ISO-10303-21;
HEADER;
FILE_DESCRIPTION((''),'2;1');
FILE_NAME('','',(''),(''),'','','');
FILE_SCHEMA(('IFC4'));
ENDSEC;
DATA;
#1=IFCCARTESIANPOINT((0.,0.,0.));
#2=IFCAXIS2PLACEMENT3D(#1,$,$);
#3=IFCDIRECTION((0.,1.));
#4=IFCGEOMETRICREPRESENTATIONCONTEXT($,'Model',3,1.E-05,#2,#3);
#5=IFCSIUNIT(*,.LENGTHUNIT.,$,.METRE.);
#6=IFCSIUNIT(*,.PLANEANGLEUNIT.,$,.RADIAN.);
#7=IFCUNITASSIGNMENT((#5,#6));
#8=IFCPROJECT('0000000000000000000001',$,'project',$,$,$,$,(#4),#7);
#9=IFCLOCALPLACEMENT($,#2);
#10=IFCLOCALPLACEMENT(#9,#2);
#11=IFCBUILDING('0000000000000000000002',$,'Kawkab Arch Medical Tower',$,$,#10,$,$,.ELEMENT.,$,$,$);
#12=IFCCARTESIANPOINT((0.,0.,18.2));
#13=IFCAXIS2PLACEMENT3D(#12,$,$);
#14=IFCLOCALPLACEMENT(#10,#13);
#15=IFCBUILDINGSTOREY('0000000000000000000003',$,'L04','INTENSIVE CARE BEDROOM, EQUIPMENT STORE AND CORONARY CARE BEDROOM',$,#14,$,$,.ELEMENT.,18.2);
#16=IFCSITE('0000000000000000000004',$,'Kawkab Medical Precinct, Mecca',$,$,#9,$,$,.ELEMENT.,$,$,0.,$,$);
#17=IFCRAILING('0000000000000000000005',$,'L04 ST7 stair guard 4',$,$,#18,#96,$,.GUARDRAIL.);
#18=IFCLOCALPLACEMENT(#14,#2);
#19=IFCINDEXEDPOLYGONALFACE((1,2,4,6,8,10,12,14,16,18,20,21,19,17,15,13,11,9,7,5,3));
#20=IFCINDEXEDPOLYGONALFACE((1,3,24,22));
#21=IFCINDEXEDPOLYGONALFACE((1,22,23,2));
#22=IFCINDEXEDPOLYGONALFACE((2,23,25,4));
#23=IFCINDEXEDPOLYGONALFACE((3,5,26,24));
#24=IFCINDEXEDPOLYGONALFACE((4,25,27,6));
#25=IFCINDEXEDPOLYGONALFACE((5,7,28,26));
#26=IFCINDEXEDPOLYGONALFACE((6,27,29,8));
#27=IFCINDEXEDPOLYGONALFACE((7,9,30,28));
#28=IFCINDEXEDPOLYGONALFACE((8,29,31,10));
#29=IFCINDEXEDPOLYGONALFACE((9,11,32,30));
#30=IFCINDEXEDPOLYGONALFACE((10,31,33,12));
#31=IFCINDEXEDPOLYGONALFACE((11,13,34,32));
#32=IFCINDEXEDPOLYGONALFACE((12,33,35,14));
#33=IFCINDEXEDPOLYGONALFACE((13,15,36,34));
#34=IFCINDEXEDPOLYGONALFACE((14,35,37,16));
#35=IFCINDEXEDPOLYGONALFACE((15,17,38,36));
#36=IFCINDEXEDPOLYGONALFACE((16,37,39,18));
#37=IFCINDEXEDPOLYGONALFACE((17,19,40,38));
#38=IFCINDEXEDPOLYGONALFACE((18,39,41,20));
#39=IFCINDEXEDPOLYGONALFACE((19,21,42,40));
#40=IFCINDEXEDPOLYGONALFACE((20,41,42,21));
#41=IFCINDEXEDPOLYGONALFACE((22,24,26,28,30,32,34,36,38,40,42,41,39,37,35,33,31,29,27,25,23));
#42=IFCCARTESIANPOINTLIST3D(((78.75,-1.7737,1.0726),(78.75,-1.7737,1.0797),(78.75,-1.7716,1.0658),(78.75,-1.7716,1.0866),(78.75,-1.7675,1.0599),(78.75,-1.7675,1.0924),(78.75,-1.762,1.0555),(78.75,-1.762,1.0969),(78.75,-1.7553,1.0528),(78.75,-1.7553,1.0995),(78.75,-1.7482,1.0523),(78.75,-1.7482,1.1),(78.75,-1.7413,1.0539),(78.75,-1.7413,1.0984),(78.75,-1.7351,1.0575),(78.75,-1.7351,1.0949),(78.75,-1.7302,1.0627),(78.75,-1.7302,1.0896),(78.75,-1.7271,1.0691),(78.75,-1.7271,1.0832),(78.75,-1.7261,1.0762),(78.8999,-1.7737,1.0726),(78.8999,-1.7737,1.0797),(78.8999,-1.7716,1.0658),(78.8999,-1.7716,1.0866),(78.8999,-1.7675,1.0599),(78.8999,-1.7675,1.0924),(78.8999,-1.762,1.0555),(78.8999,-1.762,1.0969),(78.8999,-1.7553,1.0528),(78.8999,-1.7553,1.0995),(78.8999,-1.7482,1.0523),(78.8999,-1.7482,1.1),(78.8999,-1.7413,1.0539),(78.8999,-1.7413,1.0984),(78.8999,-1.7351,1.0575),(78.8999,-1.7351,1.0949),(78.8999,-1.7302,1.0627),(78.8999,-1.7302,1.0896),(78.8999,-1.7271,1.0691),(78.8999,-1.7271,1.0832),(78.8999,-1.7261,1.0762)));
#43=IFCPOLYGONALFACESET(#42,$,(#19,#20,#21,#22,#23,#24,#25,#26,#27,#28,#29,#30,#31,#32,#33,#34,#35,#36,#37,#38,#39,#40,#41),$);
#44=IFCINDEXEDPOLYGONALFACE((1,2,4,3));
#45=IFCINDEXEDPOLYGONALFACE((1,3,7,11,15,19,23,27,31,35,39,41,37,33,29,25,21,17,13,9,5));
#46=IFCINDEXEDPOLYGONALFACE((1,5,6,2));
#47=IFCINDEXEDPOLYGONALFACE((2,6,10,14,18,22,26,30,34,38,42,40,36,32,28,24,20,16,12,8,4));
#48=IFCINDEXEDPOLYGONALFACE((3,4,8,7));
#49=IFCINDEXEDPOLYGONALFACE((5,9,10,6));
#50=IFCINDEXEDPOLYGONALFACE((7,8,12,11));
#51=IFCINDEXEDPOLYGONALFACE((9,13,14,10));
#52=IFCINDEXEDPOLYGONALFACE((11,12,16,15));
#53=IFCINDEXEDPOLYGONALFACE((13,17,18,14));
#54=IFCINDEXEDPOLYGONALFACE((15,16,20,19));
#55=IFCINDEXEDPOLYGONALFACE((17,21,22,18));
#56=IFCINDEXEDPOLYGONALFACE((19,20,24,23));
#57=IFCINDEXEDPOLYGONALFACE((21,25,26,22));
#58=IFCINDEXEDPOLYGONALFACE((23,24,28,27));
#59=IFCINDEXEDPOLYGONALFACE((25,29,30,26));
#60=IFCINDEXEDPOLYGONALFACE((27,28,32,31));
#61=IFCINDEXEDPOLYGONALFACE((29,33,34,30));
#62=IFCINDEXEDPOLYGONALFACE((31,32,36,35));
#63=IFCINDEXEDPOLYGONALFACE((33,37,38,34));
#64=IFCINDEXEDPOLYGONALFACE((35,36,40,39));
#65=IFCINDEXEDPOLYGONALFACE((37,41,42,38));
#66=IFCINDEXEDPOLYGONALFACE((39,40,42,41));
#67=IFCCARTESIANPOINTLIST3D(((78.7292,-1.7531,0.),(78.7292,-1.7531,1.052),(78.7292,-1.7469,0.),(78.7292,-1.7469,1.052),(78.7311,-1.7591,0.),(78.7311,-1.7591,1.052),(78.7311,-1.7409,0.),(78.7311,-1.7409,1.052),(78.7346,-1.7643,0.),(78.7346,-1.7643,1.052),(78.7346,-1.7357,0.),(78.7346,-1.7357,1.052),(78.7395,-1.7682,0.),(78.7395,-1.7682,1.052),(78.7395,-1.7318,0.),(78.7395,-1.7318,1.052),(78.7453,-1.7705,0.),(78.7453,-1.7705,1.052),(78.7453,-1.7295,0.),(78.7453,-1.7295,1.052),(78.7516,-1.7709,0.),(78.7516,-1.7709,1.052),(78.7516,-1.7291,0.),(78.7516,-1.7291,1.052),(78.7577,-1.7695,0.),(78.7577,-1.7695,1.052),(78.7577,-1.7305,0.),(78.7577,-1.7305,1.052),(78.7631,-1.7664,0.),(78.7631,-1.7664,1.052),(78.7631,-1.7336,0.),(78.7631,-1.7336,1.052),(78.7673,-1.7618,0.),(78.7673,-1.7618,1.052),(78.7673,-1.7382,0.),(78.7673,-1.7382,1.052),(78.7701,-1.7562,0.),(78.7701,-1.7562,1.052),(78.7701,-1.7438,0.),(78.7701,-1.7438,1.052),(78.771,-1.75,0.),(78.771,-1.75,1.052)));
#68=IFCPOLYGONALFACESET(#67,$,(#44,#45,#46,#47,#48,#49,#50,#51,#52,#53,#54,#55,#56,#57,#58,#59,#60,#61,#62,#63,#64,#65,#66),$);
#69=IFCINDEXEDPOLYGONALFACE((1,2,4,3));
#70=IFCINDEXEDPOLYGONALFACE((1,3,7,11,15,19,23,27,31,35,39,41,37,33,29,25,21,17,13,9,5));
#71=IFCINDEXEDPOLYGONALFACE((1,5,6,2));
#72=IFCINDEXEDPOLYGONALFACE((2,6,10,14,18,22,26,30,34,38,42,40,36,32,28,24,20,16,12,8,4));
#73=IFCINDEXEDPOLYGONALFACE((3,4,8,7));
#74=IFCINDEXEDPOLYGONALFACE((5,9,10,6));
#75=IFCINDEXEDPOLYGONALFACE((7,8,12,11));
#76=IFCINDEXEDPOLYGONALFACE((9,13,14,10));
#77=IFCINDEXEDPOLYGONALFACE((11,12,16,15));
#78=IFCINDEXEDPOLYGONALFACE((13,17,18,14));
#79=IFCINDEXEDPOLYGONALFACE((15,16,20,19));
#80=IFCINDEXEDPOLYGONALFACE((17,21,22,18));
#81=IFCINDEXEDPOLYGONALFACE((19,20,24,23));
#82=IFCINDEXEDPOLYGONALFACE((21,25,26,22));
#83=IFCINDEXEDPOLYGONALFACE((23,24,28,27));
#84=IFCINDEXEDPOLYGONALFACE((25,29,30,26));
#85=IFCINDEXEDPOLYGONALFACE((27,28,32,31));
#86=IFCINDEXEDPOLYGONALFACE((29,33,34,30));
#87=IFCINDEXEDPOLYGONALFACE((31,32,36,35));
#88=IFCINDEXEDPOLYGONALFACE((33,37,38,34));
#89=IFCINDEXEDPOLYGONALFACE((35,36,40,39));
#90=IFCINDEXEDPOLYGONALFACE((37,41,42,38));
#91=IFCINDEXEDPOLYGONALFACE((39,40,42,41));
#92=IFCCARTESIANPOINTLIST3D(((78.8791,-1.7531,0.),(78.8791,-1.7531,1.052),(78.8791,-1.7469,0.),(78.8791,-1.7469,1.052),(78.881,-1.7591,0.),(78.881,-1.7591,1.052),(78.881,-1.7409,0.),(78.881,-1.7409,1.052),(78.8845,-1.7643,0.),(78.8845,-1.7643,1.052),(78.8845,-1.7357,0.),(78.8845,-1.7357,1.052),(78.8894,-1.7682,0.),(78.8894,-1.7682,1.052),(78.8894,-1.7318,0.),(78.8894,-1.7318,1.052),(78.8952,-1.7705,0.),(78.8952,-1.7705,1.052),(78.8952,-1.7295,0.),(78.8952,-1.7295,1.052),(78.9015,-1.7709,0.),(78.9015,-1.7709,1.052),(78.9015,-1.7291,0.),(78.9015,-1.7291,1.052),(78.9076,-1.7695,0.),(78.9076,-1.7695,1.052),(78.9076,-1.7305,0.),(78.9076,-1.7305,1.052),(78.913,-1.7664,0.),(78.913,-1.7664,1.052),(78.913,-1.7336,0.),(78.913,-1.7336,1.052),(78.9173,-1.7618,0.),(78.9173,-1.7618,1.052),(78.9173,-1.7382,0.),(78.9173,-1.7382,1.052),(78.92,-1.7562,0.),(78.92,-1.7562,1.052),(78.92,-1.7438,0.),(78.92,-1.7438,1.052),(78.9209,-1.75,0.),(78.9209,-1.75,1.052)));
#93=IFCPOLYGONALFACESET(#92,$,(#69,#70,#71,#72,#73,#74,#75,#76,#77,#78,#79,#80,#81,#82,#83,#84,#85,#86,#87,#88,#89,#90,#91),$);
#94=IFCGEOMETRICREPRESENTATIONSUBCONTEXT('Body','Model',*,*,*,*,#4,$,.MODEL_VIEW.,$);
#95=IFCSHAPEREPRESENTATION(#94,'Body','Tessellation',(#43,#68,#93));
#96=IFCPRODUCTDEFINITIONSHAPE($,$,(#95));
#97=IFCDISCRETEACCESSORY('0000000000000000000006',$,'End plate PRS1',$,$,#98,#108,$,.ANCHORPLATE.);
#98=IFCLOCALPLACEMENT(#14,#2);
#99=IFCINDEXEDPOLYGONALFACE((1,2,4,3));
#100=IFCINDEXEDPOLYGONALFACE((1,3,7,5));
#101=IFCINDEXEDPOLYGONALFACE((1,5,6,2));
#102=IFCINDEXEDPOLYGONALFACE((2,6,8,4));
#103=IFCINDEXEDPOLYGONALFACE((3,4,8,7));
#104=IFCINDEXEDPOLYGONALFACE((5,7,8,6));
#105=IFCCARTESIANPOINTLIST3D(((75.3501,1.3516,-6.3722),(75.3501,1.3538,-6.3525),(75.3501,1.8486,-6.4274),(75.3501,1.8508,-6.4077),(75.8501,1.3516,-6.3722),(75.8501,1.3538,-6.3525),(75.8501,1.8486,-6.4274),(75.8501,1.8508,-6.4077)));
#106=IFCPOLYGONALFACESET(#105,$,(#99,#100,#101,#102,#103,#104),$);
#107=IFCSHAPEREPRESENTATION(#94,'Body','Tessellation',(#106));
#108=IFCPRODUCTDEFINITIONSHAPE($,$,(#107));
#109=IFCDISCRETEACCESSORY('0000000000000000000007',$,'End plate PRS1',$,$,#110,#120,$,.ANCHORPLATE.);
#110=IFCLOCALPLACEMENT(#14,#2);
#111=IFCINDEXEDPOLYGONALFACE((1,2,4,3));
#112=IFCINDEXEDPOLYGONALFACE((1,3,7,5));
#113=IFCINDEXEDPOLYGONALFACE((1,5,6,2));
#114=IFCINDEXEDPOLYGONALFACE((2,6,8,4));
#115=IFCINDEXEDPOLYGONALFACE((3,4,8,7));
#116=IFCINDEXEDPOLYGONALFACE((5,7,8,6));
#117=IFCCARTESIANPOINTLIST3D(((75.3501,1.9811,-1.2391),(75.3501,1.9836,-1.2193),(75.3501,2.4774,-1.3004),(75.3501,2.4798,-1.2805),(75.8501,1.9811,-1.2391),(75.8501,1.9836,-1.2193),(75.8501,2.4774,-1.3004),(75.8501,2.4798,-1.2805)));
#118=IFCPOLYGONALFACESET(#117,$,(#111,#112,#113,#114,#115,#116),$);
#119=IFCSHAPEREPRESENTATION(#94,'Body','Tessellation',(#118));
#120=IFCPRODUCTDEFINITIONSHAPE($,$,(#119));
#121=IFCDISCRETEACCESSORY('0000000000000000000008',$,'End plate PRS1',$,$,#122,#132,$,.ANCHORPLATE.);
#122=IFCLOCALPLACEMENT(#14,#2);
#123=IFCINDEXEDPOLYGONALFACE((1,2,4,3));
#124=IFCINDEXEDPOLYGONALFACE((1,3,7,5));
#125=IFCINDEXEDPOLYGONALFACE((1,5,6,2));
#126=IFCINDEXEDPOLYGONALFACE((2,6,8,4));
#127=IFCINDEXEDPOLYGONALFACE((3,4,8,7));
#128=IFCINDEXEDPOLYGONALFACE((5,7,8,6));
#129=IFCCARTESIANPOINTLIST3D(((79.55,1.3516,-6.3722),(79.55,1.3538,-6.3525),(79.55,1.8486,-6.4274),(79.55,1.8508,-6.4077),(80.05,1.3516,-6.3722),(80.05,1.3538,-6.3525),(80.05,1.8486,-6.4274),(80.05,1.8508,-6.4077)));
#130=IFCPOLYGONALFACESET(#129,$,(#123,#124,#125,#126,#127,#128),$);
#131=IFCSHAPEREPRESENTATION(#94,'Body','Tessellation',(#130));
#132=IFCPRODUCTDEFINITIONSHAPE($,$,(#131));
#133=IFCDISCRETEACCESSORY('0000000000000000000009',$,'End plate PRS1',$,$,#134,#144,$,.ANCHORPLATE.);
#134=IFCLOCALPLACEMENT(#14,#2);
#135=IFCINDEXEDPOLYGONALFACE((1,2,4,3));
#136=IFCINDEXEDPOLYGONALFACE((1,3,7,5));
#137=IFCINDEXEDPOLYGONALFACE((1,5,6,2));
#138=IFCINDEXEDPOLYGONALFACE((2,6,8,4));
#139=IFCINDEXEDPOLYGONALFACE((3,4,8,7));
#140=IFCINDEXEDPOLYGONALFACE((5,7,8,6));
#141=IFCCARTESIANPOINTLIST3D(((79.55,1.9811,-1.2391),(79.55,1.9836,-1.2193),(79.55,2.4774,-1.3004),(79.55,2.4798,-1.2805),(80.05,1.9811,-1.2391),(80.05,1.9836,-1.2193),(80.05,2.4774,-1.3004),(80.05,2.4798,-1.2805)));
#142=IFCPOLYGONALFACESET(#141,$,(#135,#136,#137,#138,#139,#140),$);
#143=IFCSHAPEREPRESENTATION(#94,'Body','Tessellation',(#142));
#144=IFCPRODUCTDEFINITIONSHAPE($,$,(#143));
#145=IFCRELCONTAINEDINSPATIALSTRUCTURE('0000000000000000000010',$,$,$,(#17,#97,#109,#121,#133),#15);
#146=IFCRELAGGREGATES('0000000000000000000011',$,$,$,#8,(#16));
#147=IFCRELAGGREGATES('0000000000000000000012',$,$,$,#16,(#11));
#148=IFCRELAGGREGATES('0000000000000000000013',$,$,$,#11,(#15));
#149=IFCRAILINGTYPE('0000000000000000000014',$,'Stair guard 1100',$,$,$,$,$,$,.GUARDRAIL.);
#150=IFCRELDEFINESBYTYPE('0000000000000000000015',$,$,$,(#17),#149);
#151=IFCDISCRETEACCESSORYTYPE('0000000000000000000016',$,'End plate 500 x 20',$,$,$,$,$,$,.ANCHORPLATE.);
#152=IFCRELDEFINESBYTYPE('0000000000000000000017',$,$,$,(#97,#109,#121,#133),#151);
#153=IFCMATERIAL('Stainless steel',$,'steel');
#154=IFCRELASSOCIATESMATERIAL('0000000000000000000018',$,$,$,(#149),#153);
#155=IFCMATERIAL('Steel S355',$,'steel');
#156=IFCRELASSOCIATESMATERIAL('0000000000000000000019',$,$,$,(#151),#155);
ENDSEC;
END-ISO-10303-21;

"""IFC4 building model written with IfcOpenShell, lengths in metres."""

from ifc_helpers import new_model, si_unit, direction, frame, origin, origin_2d, place, context, subcontext, project, spatial, rectangle, circle, extrude, material, material_profile, profile_set, type_object, element, save


model = new_model("IFC4")

# Units and contexts
model_context = context("Model", 3, precision=1e-05, world=origin(), true_north=direction((0.0, 1.0)))
body_context = subcontext(model_context, "Body", "Model", "MODEL_VIEW")
ifc_project = project(units=[si_unit("LENGTHUNIT", "METRE"), si_unit("PLANEANGLEUNIT", "RADIAN")], contexts=[model_context])

# Site, building, storey
site_placement = place(None, origin())
site = spatial("IfcSite", under=ifc_project, at=site_placement, Name="Kawkab Medical Precinct, Mecca", CompositionType="ELEMENT", RefElevation=0.0)
building_placement = place(site_placement, origin())
building = spatial("IfcBuilding", under=site, at=building_placement, Name="Kawkab Arch Medical Tower", CompositionType="ELEMENT")
storey_placement = place(building_placement, frame((0.0, 0.0, 18.2)))
storey = spatial("IfcBuildingStorey", under=building, at=storey_placement, Name="L04", Description="INTENSIVE CARE BEDROOM, EQUIPMENT STORE AND CORONARY CARE BEDROOM", CompositionType="ELEMENT", Elevation=18.2)

# Railing
ifc_material_1 = material(Name="Stainless steel", Category="steel")
railing_type = type_object("IfcRailingType", Name="Stair guard 1100", PredefinedType="GUARDRAIL", material=ifc_material_1)
railing_1_placement = place(storey_placement, frame((78.75, -1.75, 0.0)))
element("IfcRailing", 1, at=railing_1_placement, inside=storey, type_object=railing_type, Name="L04 ST7 stair guard 4", PredefinedType="GUARDRAIL", context=body_context, shape_type="SweptSolid", body=[
    extrude(circle(Radius=0.0239, at=origin_2d()), frame((0.0, 0.0, 1.0762), z_axis=(1.0, 0.0, 0.0), x_axis=(0.0, 1.0, 0.0)), (0.0, 0.0, 1.0), 0.1499),
    extrude(circle(Radius=0.021, at=origin_2d()), origin(), (0.0, 0.0, 1.0), 1.052),
    extrude(circle(Radius=0.021, at=origin_2d()), frame((0.1499, 0.0, 0.0)), (0.0, 0.0, 1.0), 1.052),
])

# Discrete accessories
ifc_material_2 = material(Name="Steel S355", Category="steel")
ifc_material_profile_1 = material_profile(ifc_material_2, rectangle(XDim=0.5, YDim=0.5, at=origin_2d()), Name="End plate 500 x 20")
ifc_profile_set_1 = profile_set([ifc_material_profile_1], Name="Steel S355")
discrete_accessory_type = type_object("IfcDiscreteAccessoryType", Name="End plate 500 x 20", PredefinedType="ANCHORPLATE", material=ifc_profile_set_1)
discrete_accessory_1_placement = place(storey_placement, frame((75.6001, 1.6023, -6.3801), z_axis=(0.0, -0.110432, -0.993884), x_axis=(1.0, 0.0, 0.0)))
element("IfcDiscreteAccessory", 2, at=discrete_accessory_1_placement, inside=storey, type_object=discrete_accessory_type, Name="End plate PRS1", PredefinedType="ANCHORPLATE", context=body_context, shape_type="SweptSolid", body=[
    extrude(rectangle(XDim=0.5, YDim=0.5, at=origin_2d()), origin(), (0.0, 0.0, 1.0), 0.0198),
])
discrete_accessory_2_placement = place(storey_placement, frame((75.6001, 2.2292, -1.2698), z_axis=(0.0, 0.122527, 0.992465), x_axis=(-1.0, 0.0, 0.0)))
element("IfcDiscreteAccessory", 3, at=discrete_accessory_2_placement, inside=storey, type_object=discrete_accessory_type, Name="End plate PRS1", PredefinedType="ANCHORPLATE", context=body_context, shape_type="SweptSolid", body=[
    extrude(rectangle(XDim=0.5, YDim=0.5, at=origin_2d()), origin(), (0.0, 0.0, 1.0), 0.02),
])
discrete_accessory_3_placement = place(storey_placement, frame((79.8, 1.6023, -6.3801), z_axis=(0.0, -0.110432, -0.993884), x_axis=(1.0, 0.0, 0.0)))
element("IfcDiscreteAccessory", 4, at=discrete_accessory_3_placement, inside=storey, type_object=discrete_accessory_type, Name="End plate PRS1", PredefinedType="ANCHORPLATE", context=body_context, shape_type="SweptSolid", body=[
    extrude(rectangle(XDim=0.5, YDim=0.5, at=origin_2d()), origin(), (0.0, 0.0, 1.0), 0.0198),
])
discrete_accessory_4_placement = place(storey_placement, frame((79.8, 2.2292, -1.2698), z_axis=(0.0, 0.122527, 0.992465), x_axis=(-1.0, 0.0, 0.0)))
element("IfcDiscreteAccessory", 5, at=discrete_accessory_4_placement, inside=storey, type_object=discrete_accessory_type, Name="End plate PRS1", PredefinedType="ANCHORPLATE", context=body_context, shape_type="SweptSolid", body=[
    extrude(rectangle(XDim=0.5, YDim=0.5, at=origin_2d()), origin(), (0.0, 0.0, 1.0), 0.02),
])

save(model, "model.ifc")
